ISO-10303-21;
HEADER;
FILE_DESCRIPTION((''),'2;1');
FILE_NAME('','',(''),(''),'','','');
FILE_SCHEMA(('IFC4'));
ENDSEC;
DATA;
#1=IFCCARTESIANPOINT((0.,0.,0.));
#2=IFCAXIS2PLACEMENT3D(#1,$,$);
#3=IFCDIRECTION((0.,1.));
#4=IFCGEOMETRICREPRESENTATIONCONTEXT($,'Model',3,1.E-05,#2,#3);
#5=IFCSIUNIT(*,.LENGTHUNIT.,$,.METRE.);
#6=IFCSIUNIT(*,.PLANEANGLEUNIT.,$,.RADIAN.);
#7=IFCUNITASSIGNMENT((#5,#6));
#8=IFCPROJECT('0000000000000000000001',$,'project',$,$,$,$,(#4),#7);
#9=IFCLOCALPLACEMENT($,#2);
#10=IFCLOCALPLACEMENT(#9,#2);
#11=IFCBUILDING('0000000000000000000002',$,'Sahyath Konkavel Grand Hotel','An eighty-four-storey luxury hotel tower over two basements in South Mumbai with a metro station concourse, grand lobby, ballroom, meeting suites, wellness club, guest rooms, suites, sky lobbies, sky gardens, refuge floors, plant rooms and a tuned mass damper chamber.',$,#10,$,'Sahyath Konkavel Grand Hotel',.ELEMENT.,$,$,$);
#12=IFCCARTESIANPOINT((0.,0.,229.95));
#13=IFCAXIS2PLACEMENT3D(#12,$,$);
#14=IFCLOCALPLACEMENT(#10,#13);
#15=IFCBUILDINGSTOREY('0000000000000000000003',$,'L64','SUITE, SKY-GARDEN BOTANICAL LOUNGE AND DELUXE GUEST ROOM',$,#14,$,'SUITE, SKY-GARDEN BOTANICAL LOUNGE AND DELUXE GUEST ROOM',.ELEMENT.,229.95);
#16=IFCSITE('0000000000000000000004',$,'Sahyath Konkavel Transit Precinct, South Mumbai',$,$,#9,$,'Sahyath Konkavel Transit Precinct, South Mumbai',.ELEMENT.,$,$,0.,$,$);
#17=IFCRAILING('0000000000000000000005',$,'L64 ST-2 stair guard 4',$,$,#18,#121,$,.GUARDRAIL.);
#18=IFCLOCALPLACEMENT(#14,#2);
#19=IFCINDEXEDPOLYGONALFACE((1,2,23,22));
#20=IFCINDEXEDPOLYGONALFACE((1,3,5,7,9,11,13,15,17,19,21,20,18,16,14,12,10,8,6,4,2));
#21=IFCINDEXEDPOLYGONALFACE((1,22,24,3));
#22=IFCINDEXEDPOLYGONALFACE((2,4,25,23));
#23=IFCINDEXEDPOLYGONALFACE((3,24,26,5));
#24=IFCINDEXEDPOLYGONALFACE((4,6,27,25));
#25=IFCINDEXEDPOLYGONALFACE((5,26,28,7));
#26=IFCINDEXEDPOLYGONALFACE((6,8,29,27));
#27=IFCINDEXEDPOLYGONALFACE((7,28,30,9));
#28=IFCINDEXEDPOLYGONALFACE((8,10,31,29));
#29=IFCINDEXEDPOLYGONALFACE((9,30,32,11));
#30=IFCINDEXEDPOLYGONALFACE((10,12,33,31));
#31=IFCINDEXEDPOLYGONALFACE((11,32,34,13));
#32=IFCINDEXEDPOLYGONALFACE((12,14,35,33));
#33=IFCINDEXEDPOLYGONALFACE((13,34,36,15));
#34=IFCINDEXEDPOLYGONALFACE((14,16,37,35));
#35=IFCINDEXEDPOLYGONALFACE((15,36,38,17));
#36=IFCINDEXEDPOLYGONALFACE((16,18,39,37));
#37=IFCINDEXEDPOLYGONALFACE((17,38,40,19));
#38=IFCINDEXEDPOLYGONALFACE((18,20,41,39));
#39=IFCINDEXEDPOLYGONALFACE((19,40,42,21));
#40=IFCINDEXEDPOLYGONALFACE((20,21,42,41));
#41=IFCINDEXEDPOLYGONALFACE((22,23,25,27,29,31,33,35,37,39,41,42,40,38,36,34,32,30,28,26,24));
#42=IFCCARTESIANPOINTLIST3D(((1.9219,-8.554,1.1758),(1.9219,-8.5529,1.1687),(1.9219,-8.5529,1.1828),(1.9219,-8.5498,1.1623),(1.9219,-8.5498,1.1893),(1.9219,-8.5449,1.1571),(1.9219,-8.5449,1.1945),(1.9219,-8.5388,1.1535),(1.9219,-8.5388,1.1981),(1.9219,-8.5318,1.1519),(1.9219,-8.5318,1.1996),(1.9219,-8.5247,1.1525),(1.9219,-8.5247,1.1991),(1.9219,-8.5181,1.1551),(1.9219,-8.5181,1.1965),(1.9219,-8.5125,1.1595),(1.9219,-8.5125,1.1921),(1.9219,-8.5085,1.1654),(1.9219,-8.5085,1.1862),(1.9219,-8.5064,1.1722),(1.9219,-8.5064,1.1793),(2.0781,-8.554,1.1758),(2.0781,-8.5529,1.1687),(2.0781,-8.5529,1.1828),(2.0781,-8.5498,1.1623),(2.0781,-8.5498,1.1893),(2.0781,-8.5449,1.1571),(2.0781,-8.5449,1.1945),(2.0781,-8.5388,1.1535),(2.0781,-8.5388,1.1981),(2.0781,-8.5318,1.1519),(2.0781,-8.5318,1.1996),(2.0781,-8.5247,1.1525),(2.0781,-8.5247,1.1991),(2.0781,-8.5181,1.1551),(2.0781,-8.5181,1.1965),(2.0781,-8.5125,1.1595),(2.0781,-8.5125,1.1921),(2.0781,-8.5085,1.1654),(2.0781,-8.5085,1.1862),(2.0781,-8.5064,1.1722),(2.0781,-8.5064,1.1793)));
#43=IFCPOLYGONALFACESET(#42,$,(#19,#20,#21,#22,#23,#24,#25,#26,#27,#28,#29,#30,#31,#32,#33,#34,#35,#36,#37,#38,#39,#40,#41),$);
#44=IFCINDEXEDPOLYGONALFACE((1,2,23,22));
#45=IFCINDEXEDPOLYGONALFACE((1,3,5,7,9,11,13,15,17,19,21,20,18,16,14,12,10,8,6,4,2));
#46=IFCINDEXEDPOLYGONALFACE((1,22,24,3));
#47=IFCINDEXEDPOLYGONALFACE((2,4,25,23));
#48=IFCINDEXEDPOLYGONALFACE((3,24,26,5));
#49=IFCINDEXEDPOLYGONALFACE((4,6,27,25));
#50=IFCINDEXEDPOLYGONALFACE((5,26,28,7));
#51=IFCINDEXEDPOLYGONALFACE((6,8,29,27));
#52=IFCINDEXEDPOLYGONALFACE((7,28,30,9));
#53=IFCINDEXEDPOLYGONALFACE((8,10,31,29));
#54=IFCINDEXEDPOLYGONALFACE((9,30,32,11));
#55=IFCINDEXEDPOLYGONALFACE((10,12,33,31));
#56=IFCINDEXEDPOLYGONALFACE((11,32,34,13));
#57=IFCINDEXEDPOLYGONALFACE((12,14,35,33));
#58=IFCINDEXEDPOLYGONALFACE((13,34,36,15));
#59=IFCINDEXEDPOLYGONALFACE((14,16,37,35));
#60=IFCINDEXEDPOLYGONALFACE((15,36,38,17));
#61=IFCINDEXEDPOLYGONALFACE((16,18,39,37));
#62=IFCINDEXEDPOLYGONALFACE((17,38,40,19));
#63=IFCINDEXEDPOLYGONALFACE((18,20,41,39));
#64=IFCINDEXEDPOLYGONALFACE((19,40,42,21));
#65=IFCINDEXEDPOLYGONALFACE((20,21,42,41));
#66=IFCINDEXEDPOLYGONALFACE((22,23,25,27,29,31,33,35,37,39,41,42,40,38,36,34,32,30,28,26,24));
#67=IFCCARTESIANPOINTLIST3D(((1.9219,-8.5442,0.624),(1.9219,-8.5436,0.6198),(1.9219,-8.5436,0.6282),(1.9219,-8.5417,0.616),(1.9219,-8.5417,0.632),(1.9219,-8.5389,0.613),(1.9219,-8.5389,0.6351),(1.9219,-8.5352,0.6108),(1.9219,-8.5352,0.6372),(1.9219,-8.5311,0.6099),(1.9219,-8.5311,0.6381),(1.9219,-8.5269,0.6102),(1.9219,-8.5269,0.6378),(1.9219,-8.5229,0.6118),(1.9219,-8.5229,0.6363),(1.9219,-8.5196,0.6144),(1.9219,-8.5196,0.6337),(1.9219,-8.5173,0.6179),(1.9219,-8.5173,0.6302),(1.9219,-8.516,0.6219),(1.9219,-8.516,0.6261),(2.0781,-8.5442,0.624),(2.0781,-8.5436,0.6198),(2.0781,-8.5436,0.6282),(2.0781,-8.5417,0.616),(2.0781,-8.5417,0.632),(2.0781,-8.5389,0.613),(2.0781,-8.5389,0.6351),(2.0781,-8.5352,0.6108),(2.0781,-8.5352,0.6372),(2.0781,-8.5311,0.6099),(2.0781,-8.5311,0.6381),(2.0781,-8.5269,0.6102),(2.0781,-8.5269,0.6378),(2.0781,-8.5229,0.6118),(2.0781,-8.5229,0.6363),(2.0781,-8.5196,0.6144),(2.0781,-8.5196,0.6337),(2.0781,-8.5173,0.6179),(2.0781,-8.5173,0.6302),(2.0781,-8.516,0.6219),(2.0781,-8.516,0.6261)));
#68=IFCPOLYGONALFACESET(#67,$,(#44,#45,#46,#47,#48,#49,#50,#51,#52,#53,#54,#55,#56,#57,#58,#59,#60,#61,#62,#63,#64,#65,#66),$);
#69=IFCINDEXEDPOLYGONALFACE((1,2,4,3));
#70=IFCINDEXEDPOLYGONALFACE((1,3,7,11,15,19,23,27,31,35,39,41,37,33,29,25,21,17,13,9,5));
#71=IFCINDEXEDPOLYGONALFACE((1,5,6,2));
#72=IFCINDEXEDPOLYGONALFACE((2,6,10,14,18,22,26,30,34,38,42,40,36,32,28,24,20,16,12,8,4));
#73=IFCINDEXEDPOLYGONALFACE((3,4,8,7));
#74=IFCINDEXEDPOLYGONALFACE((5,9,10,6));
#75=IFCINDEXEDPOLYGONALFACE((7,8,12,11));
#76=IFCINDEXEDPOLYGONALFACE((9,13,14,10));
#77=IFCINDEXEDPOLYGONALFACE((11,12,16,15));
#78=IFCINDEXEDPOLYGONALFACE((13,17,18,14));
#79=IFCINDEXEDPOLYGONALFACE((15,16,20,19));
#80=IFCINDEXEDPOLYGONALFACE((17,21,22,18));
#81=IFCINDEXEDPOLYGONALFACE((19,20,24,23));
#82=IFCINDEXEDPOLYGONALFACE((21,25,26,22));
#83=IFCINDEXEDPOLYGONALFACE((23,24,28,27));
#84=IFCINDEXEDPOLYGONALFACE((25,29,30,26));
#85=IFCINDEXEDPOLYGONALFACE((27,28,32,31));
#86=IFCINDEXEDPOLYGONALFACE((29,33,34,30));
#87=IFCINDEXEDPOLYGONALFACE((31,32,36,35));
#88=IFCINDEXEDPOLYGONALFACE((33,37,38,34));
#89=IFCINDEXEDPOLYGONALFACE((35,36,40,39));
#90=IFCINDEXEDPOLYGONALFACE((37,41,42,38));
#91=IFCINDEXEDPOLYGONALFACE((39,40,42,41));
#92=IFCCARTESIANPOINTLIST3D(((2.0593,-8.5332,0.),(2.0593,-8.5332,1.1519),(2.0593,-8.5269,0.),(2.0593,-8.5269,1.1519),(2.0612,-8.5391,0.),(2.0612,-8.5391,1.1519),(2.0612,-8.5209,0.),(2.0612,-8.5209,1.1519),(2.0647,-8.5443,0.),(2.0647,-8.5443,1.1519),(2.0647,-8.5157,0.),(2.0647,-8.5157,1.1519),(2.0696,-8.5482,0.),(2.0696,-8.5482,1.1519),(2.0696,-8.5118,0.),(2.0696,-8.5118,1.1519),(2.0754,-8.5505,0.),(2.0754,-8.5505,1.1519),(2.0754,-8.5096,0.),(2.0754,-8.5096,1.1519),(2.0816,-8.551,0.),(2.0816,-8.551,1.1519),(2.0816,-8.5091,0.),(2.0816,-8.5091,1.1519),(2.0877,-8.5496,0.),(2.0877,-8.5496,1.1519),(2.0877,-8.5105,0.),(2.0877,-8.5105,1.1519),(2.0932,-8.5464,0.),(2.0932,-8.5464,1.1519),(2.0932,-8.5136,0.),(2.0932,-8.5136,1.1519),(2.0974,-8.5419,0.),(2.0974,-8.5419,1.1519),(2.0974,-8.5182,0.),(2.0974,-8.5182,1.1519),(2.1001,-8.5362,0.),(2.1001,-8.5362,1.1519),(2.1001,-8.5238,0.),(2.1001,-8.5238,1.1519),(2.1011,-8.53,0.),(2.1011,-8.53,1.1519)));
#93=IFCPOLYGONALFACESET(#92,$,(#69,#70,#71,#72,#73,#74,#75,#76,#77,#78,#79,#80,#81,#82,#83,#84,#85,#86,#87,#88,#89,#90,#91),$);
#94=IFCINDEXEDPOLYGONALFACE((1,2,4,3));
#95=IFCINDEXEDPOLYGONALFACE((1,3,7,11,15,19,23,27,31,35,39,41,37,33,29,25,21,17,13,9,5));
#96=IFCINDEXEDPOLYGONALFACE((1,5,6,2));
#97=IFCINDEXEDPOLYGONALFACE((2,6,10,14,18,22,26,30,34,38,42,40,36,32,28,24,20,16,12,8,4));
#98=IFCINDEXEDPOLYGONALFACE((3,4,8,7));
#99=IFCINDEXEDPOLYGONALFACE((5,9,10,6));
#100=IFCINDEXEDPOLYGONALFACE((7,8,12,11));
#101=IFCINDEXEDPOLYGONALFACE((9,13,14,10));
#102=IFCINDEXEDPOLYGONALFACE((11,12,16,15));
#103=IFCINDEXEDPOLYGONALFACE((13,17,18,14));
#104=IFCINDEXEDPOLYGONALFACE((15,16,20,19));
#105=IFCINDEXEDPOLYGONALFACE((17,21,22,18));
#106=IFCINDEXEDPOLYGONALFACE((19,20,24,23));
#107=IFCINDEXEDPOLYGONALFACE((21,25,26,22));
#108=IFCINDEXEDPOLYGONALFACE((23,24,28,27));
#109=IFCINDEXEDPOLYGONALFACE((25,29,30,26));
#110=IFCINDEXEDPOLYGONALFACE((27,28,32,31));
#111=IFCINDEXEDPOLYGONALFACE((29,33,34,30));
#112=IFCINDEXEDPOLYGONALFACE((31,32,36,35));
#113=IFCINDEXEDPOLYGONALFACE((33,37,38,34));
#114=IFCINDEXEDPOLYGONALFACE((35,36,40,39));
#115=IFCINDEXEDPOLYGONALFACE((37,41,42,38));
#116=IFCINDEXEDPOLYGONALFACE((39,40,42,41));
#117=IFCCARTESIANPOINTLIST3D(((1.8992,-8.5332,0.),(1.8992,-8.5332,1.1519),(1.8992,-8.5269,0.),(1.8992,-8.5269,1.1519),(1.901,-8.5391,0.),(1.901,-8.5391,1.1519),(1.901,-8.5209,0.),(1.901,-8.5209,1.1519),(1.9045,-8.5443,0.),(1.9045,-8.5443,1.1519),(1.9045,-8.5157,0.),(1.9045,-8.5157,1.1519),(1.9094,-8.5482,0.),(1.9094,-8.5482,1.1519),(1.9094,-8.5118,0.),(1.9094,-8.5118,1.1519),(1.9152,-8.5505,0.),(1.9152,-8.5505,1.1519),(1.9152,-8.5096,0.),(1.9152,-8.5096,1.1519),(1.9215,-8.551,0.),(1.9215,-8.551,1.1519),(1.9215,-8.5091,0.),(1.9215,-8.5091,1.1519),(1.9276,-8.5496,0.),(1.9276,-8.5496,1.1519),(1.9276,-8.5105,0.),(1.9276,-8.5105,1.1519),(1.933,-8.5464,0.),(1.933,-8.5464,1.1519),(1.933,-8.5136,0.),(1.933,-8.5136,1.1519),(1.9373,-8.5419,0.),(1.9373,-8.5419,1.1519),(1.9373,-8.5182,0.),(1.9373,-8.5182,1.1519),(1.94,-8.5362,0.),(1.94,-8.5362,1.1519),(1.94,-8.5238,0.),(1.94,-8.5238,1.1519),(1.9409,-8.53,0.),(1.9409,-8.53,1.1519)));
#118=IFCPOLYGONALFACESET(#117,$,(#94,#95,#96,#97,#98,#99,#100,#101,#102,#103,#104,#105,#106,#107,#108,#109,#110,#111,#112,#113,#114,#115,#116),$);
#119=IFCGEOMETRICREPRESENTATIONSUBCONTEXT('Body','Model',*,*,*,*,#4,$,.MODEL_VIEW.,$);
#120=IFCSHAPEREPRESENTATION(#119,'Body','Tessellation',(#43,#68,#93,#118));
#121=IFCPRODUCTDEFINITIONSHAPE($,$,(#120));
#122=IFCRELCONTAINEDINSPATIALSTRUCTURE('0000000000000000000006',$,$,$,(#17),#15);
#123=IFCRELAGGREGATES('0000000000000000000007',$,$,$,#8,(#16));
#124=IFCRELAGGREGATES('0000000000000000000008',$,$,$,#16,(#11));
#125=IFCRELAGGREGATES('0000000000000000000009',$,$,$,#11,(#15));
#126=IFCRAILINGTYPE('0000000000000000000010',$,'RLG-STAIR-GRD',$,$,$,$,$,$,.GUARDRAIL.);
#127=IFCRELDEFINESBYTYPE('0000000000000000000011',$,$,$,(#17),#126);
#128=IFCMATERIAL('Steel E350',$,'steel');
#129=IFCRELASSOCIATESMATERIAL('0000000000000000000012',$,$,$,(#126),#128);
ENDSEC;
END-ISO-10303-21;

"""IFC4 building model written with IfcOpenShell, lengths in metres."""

from ifc_helpers import new_model, si_unit, direction, frame, origin, origin_2d, place, context, subcontext, project, spatial, circle, extrude, material, type_object, element, save


model = new_model("IFC4")

# Units and contexts
model_context = context("Model", 3, precision=1e-05, world=origin(), true_north=direction((0.0, 1.0)))
body_context = subcontext(model_context, "Body", "Model", "MODEL_VIEW")
ifc_project = project(units=[si_unit("LENGTHUNIT", "METRE"), si_unit("PLANEANGLEUNIT", "RADIAN")], contexts=[model_context])

# Site, building, storey
site_placement = place(None, origin())
site = spatial("IfcSite", under=ifc_project, at=site_placement, Name="Sahyath Konkavel Transit Precinct, South Mumbai", LongName="Sahyath Konkavel Transit Precinct, South Mumbai", CompositionType="ELEMENT", RefElevation=0.0)
building_placement = place(site_placement, origin())
building = spatial("IfcBuilding", under=site, at=building_placement, Name="Sahyath Konkavel Grand Hotel", Description="An eighty-four-storey luxury hotel tower over two basements in South Mumbai with a metro station concourse, grand lobby, ballroom, meeting suites, wellness club, guest rooms, suites, sky lobbies, sky gardens, refuge floors, plant rooms and a tuned mass damper chamber.", LongName="Sahyath Konkavel Grand Hotel", CompositionType="ELEMENT")
storey_placement = place(building_placement, frame((0.0, 0.0, 229.95)))
storey = spatial("IfcBuildingStorey", under=building, at=storey_placement, Name="L64", Description="SUITE, SKY-GARDEN BOTANICAL LOUNGE AND DELUXE GUEST ROOM", LongName="SUITE, SKY-GARDEN BOTANICAL LOUNGE AND DELUXE GUEST ROOM", CompositionType="ELEMENT", Elevation=229.95)

# Shared definitions
ifc_material_1 = material(Name="Steel E350", Category="steel")

# Railing
railing_type_1 = type_object("IfcRailingType", Name="RLG-STAIR-GRD", PredefinedType="GUARDRAIL", material=ifc_material_1)
railing_1_placement = place(storey_placement, frame((2.0801, -8.53, 0.0)))
element("IfcRailing", 1, at=railing_1_placement, inside=storey, type_object=railing_type_1, Name="L64 ST-2 stair guard 4", PredefinedType="GUARDRAIL", context=body_context, shape_type="SweptSolid", body=[
    extrude(circle(Radius=0.0239, at=origin_2d()), frame((-0.002, 0.0, 1.1758), z_axis=(-1.0, 0.0, 0.0), x_axis=(0.0, -1.0, 0.0)), (0.0, 0.0, 1.0), 0.1562),
    extrude(circle(Radius=0.0142, at=origin_2d()), frame((-0.002, 0.0, 0.624), z_axis=(-1.0, 0.0, 0.0), x_axis=(0.0, -1.0, 0.0)), (0.0, 0.0, 1.0), 0.1562),
    extrude(circle(Radius=0.021, at=origin_2d()), origin(), (0.0, 0.0, 1.0), 1.1519),
    extrude(circle(Radius=0.021, at=origin_2d()), frame((-0.1602, 0.0, 0.0)), (0.0, 0.0, 1.0), 1.1519),
])

save(model, "model.ifc")
